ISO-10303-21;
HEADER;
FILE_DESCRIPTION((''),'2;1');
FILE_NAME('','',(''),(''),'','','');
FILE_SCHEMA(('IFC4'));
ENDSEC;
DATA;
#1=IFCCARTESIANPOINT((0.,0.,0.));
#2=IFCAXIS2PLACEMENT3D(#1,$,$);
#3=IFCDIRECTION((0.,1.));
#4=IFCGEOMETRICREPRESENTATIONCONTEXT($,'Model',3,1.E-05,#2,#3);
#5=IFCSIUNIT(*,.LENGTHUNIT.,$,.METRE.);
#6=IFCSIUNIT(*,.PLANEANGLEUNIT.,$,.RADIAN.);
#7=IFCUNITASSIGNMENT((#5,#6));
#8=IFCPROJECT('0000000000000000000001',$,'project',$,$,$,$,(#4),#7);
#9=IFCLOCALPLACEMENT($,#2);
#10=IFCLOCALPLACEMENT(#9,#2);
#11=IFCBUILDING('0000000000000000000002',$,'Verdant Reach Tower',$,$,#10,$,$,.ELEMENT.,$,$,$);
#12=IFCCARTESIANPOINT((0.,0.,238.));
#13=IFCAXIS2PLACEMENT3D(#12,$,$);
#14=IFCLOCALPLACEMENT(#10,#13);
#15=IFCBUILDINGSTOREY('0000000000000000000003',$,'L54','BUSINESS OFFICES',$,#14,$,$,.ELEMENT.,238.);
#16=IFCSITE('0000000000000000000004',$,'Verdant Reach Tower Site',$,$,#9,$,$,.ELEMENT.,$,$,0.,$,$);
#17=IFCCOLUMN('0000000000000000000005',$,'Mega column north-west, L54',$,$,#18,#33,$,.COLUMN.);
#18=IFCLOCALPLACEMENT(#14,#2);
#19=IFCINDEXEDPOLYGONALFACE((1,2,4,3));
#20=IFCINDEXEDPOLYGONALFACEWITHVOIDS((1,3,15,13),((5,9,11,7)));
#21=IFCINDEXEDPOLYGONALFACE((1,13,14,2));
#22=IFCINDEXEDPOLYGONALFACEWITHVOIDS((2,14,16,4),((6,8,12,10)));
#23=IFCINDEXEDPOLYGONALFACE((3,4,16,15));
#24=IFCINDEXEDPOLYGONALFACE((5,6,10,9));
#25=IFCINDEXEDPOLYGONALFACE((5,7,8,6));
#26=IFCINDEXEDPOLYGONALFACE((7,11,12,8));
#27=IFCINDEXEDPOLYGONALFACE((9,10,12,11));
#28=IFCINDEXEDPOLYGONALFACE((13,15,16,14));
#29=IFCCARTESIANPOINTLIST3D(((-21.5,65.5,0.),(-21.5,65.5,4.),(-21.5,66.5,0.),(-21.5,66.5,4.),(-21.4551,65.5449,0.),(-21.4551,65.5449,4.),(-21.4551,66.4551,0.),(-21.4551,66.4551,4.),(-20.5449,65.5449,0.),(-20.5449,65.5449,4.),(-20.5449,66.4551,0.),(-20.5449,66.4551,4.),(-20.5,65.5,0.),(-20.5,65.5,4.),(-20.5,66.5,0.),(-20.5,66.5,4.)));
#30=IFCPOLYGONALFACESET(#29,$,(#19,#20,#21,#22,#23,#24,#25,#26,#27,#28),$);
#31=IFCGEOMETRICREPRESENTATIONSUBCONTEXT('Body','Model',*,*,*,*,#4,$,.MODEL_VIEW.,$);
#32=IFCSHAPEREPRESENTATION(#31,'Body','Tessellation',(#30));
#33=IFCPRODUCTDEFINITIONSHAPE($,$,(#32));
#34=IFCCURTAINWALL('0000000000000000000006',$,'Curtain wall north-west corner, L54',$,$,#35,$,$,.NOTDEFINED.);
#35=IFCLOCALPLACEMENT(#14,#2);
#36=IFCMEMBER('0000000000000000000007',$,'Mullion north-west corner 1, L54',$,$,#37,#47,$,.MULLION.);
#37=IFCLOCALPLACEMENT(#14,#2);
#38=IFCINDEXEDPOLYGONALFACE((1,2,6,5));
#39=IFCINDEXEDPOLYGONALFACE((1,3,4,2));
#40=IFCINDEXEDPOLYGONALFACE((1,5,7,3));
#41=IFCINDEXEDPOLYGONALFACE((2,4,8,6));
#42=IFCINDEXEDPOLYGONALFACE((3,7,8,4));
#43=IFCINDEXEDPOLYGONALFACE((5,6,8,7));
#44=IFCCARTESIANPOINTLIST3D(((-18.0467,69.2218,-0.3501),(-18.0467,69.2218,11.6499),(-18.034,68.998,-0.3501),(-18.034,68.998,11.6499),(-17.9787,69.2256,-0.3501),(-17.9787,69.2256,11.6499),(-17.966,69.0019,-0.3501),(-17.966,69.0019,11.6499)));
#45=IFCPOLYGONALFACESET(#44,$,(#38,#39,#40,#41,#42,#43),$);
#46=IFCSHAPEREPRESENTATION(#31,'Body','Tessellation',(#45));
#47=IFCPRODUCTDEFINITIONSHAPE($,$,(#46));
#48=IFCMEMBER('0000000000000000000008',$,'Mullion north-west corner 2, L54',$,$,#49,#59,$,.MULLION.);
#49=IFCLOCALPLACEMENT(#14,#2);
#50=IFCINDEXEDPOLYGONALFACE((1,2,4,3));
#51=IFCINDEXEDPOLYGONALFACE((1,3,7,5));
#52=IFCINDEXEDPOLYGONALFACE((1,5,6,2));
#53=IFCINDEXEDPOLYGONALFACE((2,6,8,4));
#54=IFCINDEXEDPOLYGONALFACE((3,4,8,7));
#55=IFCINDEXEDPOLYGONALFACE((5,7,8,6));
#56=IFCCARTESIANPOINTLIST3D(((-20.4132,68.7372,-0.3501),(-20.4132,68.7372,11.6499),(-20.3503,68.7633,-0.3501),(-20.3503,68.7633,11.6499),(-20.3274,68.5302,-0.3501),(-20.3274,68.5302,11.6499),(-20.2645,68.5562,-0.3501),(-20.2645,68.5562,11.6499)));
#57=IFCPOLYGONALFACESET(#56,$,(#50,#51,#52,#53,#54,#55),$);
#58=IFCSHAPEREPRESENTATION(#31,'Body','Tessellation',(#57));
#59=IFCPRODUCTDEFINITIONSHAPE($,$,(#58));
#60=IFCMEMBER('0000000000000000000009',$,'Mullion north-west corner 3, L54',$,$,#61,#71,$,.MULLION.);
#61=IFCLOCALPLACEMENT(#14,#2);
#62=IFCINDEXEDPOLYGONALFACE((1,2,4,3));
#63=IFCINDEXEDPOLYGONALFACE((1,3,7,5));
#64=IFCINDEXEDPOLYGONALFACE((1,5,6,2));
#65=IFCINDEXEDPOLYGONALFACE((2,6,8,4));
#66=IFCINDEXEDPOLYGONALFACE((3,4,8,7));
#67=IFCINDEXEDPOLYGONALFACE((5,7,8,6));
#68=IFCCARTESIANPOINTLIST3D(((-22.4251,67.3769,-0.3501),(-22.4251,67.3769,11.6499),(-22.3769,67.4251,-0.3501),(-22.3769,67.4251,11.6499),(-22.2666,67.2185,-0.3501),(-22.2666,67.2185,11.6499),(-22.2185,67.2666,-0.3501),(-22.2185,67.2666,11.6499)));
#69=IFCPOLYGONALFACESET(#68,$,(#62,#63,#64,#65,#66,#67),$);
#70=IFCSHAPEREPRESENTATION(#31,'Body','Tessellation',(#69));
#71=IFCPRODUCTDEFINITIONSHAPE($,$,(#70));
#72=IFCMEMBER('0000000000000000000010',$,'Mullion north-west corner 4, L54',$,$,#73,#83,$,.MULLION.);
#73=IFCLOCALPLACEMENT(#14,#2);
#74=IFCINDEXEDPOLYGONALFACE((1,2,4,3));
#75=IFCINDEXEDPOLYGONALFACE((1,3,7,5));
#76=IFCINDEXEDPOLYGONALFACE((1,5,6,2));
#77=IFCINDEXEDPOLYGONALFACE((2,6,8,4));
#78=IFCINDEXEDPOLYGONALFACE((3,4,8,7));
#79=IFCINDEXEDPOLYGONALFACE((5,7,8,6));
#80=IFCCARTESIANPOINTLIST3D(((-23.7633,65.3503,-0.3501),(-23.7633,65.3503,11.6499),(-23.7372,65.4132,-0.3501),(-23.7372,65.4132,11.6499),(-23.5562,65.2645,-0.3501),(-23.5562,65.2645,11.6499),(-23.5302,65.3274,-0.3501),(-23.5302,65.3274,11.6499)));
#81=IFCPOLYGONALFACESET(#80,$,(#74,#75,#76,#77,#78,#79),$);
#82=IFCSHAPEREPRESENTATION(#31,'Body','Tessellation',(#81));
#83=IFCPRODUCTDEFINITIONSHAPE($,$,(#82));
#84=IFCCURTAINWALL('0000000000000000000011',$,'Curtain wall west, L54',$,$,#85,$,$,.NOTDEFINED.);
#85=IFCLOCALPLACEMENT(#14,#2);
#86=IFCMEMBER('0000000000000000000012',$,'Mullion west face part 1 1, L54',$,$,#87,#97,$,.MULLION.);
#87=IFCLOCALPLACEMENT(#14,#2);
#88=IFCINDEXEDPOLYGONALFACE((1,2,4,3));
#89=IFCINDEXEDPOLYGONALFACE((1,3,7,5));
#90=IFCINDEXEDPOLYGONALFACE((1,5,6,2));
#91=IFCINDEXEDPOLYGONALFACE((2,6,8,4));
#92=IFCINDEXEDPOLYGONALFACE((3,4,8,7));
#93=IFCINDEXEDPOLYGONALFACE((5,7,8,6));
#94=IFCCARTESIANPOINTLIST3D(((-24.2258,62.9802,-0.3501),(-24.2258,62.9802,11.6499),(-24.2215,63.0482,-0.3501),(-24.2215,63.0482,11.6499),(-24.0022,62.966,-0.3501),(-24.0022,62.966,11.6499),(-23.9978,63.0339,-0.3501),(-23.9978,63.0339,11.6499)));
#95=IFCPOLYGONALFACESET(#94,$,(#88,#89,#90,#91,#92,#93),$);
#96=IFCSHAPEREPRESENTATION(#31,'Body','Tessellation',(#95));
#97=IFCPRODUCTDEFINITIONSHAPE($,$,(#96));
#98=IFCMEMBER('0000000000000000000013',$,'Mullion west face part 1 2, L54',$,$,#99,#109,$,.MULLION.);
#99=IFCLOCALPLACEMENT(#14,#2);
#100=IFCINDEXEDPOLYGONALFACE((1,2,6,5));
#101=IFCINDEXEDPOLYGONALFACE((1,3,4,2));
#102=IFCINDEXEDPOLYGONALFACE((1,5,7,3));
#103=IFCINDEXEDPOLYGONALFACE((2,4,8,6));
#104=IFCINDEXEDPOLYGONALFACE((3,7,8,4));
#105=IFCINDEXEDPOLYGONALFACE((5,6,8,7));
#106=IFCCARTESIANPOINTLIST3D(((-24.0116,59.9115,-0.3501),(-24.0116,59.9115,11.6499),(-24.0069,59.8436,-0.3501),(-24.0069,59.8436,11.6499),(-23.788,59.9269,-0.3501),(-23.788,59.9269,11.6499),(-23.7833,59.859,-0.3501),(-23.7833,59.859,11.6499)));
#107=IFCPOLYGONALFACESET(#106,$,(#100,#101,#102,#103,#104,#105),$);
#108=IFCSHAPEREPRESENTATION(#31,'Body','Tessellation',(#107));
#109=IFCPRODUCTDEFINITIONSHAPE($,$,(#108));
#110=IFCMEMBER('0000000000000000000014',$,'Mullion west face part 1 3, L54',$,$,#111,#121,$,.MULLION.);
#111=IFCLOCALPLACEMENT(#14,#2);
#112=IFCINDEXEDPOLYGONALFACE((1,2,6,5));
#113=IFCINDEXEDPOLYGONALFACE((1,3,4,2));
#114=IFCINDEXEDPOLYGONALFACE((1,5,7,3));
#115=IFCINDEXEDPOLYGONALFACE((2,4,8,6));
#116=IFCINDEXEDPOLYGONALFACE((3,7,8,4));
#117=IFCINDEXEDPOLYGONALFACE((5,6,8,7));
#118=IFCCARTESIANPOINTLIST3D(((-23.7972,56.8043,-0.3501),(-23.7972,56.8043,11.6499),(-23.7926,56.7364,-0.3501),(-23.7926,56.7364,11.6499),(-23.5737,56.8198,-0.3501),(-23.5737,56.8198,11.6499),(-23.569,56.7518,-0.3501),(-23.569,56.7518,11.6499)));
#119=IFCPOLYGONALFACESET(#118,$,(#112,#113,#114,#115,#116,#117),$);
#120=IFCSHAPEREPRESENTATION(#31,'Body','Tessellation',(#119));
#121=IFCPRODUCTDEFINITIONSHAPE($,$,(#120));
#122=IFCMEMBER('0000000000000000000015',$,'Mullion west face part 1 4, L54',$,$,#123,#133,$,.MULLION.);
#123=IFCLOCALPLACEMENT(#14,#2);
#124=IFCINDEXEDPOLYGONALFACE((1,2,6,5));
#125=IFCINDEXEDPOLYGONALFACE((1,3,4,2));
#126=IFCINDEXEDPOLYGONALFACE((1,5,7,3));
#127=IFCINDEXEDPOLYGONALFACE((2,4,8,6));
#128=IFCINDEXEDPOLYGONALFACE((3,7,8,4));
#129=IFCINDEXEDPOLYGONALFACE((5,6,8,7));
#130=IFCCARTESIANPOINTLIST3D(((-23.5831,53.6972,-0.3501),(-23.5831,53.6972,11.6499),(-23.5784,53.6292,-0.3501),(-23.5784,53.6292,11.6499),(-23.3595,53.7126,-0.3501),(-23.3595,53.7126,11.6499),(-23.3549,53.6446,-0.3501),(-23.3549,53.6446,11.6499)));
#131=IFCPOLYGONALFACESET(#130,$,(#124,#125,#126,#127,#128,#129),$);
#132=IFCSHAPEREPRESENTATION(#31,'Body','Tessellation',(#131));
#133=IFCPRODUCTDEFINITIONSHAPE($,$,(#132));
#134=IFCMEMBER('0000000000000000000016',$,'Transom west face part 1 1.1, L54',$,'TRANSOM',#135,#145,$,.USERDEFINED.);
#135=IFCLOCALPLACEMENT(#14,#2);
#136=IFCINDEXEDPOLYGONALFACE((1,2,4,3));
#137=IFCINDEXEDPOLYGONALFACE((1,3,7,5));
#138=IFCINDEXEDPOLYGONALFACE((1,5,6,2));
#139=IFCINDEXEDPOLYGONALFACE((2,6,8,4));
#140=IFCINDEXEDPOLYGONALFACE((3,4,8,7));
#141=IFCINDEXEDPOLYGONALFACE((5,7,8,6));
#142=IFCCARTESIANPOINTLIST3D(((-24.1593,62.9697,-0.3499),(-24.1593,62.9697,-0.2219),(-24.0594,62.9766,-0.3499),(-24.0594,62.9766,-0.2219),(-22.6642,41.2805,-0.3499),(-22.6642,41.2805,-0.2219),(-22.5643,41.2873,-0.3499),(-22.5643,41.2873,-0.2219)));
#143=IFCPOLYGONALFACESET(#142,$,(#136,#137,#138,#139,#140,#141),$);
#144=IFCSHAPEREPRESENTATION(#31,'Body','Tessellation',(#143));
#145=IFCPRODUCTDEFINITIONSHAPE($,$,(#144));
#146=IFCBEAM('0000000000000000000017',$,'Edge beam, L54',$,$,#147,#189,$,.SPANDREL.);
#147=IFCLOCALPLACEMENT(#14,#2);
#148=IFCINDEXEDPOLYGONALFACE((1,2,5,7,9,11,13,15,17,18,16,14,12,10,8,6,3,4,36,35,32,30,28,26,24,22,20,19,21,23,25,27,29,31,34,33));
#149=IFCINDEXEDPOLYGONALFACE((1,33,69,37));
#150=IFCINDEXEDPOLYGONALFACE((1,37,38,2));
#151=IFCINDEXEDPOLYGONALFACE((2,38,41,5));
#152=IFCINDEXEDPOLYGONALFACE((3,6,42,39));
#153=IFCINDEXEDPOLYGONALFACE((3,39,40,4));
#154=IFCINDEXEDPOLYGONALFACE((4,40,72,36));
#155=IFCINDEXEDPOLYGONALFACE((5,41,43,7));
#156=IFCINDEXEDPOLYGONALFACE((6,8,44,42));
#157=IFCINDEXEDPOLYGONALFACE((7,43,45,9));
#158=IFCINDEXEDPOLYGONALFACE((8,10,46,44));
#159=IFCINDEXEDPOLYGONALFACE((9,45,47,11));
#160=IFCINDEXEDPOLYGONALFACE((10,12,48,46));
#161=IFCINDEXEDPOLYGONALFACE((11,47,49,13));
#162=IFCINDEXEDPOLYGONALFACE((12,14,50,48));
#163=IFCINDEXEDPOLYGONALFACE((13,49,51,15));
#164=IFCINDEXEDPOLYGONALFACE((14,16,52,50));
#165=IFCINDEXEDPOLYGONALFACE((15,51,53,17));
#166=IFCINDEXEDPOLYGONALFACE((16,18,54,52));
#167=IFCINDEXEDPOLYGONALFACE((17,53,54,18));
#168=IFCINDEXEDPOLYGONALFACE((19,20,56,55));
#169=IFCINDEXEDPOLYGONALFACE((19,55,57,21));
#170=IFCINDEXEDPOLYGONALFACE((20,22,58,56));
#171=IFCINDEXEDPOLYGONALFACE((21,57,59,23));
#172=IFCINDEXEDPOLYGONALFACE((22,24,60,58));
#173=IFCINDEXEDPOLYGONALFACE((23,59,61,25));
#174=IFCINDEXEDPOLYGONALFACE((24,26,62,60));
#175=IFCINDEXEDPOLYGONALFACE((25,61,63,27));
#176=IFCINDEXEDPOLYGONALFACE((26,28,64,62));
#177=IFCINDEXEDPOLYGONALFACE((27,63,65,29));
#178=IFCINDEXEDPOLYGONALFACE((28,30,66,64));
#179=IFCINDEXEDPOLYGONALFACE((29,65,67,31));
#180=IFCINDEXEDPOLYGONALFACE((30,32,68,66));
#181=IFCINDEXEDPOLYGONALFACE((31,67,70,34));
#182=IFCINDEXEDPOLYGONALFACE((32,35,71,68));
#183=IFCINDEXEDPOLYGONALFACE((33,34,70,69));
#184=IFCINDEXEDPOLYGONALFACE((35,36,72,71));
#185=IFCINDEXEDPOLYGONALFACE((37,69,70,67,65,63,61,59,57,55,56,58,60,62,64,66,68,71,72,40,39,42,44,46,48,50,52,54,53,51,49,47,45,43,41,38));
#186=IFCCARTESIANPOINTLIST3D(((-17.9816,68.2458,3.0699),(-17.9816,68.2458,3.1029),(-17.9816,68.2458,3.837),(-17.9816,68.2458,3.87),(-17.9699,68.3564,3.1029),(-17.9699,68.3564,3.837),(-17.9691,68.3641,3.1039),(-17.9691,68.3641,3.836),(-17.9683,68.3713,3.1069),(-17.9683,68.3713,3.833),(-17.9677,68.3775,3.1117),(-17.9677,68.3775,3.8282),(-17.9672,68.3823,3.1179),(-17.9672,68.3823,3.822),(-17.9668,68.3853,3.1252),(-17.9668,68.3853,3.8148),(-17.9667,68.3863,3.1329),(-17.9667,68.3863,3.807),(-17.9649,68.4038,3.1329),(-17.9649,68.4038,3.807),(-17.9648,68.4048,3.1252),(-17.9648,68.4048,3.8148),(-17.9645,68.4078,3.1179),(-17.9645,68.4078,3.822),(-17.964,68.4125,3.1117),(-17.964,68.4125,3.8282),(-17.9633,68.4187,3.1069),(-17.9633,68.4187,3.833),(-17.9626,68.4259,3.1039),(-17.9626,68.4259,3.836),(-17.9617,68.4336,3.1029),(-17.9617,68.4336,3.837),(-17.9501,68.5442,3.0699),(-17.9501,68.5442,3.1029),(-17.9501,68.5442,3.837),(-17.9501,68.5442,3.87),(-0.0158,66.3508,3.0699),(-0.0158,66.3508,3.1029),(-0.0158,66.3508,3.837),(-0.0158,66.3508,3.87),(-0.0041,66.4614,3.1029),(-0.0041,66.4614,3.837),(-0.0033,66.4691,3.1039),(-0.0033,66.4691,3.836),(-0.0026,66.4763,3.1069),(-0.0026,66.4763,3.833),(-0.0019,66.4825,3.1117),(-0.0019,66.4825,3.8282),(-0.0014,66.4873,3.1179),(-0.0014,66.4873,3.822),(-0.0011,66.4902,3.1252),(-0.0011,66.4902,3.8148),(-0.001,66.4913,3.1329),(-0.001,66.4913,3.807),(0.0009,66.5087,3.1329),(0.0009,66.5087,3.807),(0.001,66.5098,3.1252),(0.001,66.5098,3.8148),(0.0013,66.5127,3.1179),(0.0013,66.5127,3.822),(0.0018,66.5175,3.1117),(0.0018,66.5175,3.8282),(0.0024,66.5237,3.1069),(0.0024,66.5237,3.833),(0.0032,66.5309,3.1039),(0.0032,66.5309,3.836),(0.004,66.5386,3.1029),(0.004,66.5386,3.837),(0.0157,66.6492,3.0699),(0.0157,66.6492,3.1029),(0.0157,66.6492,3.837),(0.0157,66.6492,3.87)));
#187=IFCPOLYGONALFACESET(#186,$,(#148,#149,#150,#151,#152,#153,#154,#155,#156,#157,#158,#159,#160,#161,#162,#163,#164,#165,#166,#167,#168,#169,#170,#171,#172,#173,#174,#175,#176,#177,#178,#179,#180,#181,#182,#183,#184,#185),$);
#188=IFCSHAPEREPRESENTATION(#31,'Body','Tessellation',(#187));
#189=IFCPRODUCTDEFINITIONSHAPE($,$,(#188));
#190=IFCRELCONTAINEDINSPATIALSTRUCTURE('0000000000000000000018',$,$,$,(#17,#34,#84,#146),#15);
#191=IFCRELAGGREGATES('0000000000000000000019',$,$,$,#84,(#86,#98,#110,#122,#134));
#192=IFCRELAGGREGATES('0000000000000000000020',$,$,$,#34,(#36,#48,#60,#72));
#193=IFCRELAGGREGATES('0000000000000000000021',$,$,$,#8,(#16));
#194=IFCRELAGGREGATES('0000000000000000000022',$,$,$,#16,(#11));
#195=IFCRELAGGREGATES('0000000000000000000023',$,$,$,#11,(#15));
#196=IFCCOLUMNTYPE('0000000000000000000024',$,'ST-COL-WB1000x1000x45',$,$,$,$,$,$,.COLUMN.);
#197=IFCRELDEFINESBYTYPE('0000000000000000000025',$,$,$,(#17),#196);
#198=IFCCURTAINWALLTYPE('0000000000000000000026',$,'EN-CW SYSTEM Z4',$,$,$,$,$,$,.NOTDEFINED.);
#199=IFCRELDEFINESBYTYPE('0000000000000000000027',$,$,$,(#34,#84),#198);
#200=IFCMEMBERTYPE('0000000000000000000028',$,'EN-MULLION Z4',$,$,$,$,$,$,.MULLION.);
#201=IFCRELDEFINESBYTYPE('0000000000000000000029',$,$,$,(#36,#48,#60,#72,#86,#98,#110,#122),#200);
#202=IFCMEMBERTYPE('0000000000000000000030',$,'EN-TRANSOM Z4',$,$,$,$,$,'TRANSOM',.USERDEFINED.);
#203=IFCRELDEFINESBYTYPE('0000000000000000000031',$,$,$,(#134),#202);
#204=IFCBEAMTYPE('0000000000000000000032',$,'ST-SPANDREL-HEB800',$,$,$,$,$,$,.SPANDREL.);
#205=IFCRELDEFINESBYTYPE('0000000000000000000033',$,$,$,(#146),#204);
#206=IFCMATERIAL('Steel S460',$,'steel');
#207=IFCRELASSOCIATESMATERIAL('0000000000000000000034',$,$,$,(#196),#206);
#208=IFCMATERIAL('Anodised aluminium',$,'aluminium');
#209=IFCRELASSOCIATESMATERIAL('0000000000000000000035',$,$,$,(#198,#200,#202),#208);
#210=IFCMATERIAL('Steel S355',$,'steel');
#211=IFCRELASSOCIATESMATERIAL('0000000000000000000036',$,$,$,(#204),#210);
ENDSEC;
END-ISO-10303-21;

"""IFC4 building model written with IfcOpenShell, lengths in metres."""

from ifc_helpers import new_model, si_unit, direction, frame, origin, origin_2d, place, context, subcontext, project, spatial, rectangle, hollow_rectangle, i_section, extrude, material, material_profile, profile_set, type_object, element, aggregate, save


model = new_model("IFC4")

# Units and contexts
model_context = context("Model", 3, precision=1e-05, world=origin(), true_north=direction((0.0, 1.0)))
body_context = subcontext(model_context, "Body", "Model", "MODEL_VIEW")
ifc_project = project(units=[si_unit("LENGTHUNIT", "METRE"), si_unit("PLANEANGLEUNIT", "RADIAN")], contexts=[model_context])

# Site, building, storey
site_placement = place(None, origin())
site = spatial("IfcSite", under=ifc_project, at=site_placement, Name="Verdant Reach Tower Site", CompositionType="ELEMENT", RefElevation=0.0)
building_placement = place(site_placement, origin())
building = spatial("IfcBuilding", under=site, at=building_placement, Name="Verdant Reach Tower", CompositionType="ELEMENT")
storey_placement = place(building_placement, frame((0.0, 0.0, 238.0)))
storey = spatial("IfcBuildingStorey", under=building, at=storey_placement, Name="L54", Description="BUSINESS OFFICES", CompositionType="ELEMENT", Elevation=238.0)

# Column
ifc_material_1 = material(Name="Steel S460", Category="steel")
ifc_material_profile_1 = material_profile(ifc_material_1, hollow_rectangle(XDim=1.0, YDim=1.0, WallThickness=0.0449, at=origin_2d()), Name="WB 1000x1000x45")
ifc_profile_set_1 = profile_set([ifc_material_profile_1], Name="Steel S460")
column_type = type_object("IfcColumnType", Name="ST-COL-WB1000x1000x45", PredefinedType="COLUMN", material=ifc_profile_set_1)
column_placement = place(storey_placement, frame((-21.0, 66.0, 0.0), z_axis=(0.0, 0.0, 1.0), x_axis=(1.0, 0.0, 0.0)))
element("IfcColumn", 1, at=column_placement, inside=storey, type_object=column_type, Name="Mega column north-west, L54", PredefinedType="COLUMN", context=body_context, shape_type="SweptSolid", body=[
    extrude(hollow_rectangle(XDim=1.0, YDim=1.0, WallThickness=0.0449, at=origin_2d()), origin(), (0.0, 0.0, 1.0), 4.0),
])

# Curtain walls, members
ifc_material_2 = material(Name="Anodised aluminium", Category="aluminium")
curtain_wall_type = type_object("IfcCurtainWallType", Name="EN-CW SYSTEM Z4", PredefinedType="NOTDEFINED", material=ifc_material_2)
curtain_wall_1_placement = place(storey_placement, origin())
curtain_wall_1 = element("IfcCurtainWall", 2, at=curtain_wall_1_placement, inside=storey, type_object=curtain_wall_type, Name="Curtain wall north-west corner, L54", PredefinedType="NOTDEFINED")
ifc_material_profile_2 = material_profile(ifc_material_2, rectangle(XDim=0.2241, YDim=0.0681, at=origin_2d()), Name="Mullion 68x224")
ifc_profile_set_2 = profile_set([ifc_material_profile_2], Name="Anodised aluminium")
member_type_1 = type_object("IfcMemberType", Name="EN-MULLION Z4", PredefinedType="MULLION", material=ifc_profile_set_2)
member_1_placement = place(storey_placement, frame((-18.0063, 69.1118, -0.3501), z_axis=(0.0, 0.0, 1.0), x_axis=(-0.056569, 0.998399, 0.0)))
member_1 = element("IfcMember", 3, at=member_1_placement, type_object=member_type_1, Name="Mullion north-west corner 1, L54", PredefinedType="MULLION", context=body_context, shape_type="SweptSolid", body=[
    extrude(rectangle(XDim=0.2241, YDim=0.0681, at=origin_2d()), origin(), (0.0, 0.0, 1.0), 12.0),
])
member_2_placement = place(storey_placement, frame((-20.3389, 68.6467, -0.3501), z_axis=(0.0, 0.0, 1.0), x_axis=(-0.382694, 0.923875, 0.0)))
member_2 = element("IfcMember", 4, at=member_2_placement, type_object=member_type_1, Name="Mullion north-west corner 2, L54", PredefinedType="MULLION", context=body_context, shape_type="SweptSolid", body=[
    extrude(rectangle(XDim=0.2241, YDim=0.0681, at=origin_2d()), origin(), (0.0, 0.0, 1.0), 12.0),
])
member_3_placement = place(storey_placement, frame((-22.3218, 67.3218, -0.3501), z_axis=(0.0, 0.0, 1.0), x_axis=(-0.707107, 0.707107, 0.0)))
member_3 = element("IfcMember", 5, at=member_3_placement, type_object=member_type_1, Name="Mullion north-west corner 3, L54", PredefinedType="MULLION", context=body_context, shape_type="SweptSolid", body=[
    extrude(rectangle(XDim=0.2241, YDim=0.0681, at=origin_2d()), origin(), (0.0, 0.0, 1.0), 12.0),
])
member_4_placement = place(storey_placement, frame((-23.6467, 65.3389, -0.3501), z_axis=(0.0, 0.0, 1.0), x_axis=(-0.923875, 0.382694, 0.0)))
member_4 = element("IfcMember", 6, at=member_4_placement, type_object=member_type_1, Name="Mullion north-west corner 4, L54", PredefinedType="MULLION", context=body_context, shape_type="SweptSolid", body=[
    extrude(rectangle(XDim=0.2241, YDim=0.0681, at=origin_2d()), origin(), (0.0, 0.0, 1.0), 12.0),
])
curtain_wall_2_placement = place(storey_placement, origin())
curtain_wall_2 = element("IfcCurtainWall", 7, at=curtain_wall_2_placement, inside=storey, type_object=curtain_wall_type, Name="Curtain wall west, L54", PredefinedType="NOTDEFINED")
member_5_placement = place(storey_placement, frame((-24.1118, 63.0071, -0.3501), z_axis=(0.0, 0.0, 1.0), x_axis=(-0.997969, 0.063699, 0.0)))
member_5 = element("IfcMember", 8, at=member_5_placement, type_object=member_type_1, Name="Mullion west face part 1 1, L54", PredefinedType="MULLION", context=body_context, shape_type="SweptSolid", body=[
    extrude(rectangle(XDim=0.2241, YDim=0.0681, at=origin_2d()), origin(), (0.0, 0.0, 1.0), 12.0),
])
member_6_placement = place(storey_placement, frame((-23.8975, 59.8853, -0.3501), z_axis=(0.0, 0.0, 1.0), x_axis=(-0.99763, -0.068802, 0.0)))
member_6 = element("IfcMember", 9, at=member_6_placement, type_object=member_type_1, Name="Mullion west face part 1 2, L54", PredefinedType="MULLION", context=body_context, shape_type="SweptSolid", body=[
    extrude(rectangle(XDim=0.2241, YDim=0.0681, at=origin_2d()), origin(), (0.0, 0.0, 1.0), 12.0),
])
member_7_placement = place(storey_placement, frame((-23.6831, 56.7781, -0.3501), z_axis=(0.0, 0.0, 1.0), x_axis=(-0.99763, -0.068802, 0.0)))
member_7 = element("IfcMember", 10, at=member_7_placement, type_object=member_type_1, Name="Mullion west face part 1 3, L54", PredefinedType="MULLION", context=body_context, shape_type="SweptSolid", body=[
    extrude(rectangle(XDim=0.2241, YDim=0.0681, at=origin_2d()), origin(), (0.0, 0.0, 1.0), 12.0),
])
member_8_placement = place(storey_placement, frame((-23.469, 53.6709, -0.3501), z_axis=(0.0, 0.0, 1.0), x_axis=(-0.99763, -0.068802, 0.0)))
member_8 = element("IfcMember", 11, at=member_8_placement, type_object=member_type_1, Name="Mullion west face part 1 4, L54", PredefinedType="MULLION", context=body_context, shape_type="SweptSolid", body=[
    extrude(rectangle(XDim=0.2241, YDim=0.0681, at=origin_2d()), origin(), (0.0, 0.0, 1.0), 12.0),
])
ifc_material_profile_3 = material_profile(ifc_material_2, rectangle(XDim=0.1001, YDim=0.1279, at=origin_2d()), Name="Transom 128x100")
ifc_profile_set_3 = profile_set([ifc_material_profile_3], Name="Anodised aluminium")
member_type_2 = type_object("IfcMemberType", Name="EN-TRANSOM Z4", ElementType="TRANSOM", PredefinedType="USERDEFINED", material=ifc_profile_set_3)
member_9_placement = place(storey_placement, frame((-24.1094, 62.9731, -0.2859), z_axis=(0.06877, -0.997633, 0.0), x_axis=(0.997633, 0.06877, 0.0)))
member_9 = element("IfcMember", 12, at=member_9_placement, type_object=member_type_2, Name="Transom west face part 1 1.1, L54", ObjectType="TRANSOM", PredefinedType="USERDEFINED", context=body_context, shape_type="SweptSolid", body=[
    extrude(rectangle(XDim=0.1001, YDim=0.1279, at=origin_2d()), origin(), (0.0, 0.0, 1.0), 21.7407),
])

# Beam
ifc_material_3 = material(Name="Steel S355", Category="steel")
ifc_material_profile_4 = material_profile(ifc_material_3, i_section(OverallWidth=0.3, OverallDepth=0.8, WebThickness=0.0176, FlangeThickness=0.033, FilletRadius=0.03, at=origin_2d()), Name="HEB 800")
ifc_profile_set_4 = profile_set([ifc_material_profile_4], Name="Steel S355")
beam_type_1 = type_object("IfcBeamType", Name="ST-SPANDREL-HEB800", PredefinedType="SPANDREL", material=ifc_profile_set_4)
beam_1_placement = place(storey_placement, frame((-17.9658, 68.395, 3.47), z_axis=(0.994483, -0.104897, 0.0), x_axis=(0.104897, 0.994483, 0.0)))
element("IfcBeam", 13, at=beam_1_placement, inside=storey, type_object=beam_type_1, Name="Edge beam, L54", PredefinedType="SPANDREL", context=body_context, shape_type="SweptSolid", body=[
    extrude(i_section(OverallWidth=0.3, OverallDepth=0.8, WebThickness=0.0176, FlangeThickness=0.033, FilletRadius=0.03, at=origin_2d()), origin(), (0.0, 0.0, 1.0), 18.0654),
])

aggregate(curtain_wall_2, [member_5, member_6, member_7, member_8, member_9])
aggregate(curtain_wall_1, [member_1, member_2, member_3, member_4])

save(model, "model.ifc")
